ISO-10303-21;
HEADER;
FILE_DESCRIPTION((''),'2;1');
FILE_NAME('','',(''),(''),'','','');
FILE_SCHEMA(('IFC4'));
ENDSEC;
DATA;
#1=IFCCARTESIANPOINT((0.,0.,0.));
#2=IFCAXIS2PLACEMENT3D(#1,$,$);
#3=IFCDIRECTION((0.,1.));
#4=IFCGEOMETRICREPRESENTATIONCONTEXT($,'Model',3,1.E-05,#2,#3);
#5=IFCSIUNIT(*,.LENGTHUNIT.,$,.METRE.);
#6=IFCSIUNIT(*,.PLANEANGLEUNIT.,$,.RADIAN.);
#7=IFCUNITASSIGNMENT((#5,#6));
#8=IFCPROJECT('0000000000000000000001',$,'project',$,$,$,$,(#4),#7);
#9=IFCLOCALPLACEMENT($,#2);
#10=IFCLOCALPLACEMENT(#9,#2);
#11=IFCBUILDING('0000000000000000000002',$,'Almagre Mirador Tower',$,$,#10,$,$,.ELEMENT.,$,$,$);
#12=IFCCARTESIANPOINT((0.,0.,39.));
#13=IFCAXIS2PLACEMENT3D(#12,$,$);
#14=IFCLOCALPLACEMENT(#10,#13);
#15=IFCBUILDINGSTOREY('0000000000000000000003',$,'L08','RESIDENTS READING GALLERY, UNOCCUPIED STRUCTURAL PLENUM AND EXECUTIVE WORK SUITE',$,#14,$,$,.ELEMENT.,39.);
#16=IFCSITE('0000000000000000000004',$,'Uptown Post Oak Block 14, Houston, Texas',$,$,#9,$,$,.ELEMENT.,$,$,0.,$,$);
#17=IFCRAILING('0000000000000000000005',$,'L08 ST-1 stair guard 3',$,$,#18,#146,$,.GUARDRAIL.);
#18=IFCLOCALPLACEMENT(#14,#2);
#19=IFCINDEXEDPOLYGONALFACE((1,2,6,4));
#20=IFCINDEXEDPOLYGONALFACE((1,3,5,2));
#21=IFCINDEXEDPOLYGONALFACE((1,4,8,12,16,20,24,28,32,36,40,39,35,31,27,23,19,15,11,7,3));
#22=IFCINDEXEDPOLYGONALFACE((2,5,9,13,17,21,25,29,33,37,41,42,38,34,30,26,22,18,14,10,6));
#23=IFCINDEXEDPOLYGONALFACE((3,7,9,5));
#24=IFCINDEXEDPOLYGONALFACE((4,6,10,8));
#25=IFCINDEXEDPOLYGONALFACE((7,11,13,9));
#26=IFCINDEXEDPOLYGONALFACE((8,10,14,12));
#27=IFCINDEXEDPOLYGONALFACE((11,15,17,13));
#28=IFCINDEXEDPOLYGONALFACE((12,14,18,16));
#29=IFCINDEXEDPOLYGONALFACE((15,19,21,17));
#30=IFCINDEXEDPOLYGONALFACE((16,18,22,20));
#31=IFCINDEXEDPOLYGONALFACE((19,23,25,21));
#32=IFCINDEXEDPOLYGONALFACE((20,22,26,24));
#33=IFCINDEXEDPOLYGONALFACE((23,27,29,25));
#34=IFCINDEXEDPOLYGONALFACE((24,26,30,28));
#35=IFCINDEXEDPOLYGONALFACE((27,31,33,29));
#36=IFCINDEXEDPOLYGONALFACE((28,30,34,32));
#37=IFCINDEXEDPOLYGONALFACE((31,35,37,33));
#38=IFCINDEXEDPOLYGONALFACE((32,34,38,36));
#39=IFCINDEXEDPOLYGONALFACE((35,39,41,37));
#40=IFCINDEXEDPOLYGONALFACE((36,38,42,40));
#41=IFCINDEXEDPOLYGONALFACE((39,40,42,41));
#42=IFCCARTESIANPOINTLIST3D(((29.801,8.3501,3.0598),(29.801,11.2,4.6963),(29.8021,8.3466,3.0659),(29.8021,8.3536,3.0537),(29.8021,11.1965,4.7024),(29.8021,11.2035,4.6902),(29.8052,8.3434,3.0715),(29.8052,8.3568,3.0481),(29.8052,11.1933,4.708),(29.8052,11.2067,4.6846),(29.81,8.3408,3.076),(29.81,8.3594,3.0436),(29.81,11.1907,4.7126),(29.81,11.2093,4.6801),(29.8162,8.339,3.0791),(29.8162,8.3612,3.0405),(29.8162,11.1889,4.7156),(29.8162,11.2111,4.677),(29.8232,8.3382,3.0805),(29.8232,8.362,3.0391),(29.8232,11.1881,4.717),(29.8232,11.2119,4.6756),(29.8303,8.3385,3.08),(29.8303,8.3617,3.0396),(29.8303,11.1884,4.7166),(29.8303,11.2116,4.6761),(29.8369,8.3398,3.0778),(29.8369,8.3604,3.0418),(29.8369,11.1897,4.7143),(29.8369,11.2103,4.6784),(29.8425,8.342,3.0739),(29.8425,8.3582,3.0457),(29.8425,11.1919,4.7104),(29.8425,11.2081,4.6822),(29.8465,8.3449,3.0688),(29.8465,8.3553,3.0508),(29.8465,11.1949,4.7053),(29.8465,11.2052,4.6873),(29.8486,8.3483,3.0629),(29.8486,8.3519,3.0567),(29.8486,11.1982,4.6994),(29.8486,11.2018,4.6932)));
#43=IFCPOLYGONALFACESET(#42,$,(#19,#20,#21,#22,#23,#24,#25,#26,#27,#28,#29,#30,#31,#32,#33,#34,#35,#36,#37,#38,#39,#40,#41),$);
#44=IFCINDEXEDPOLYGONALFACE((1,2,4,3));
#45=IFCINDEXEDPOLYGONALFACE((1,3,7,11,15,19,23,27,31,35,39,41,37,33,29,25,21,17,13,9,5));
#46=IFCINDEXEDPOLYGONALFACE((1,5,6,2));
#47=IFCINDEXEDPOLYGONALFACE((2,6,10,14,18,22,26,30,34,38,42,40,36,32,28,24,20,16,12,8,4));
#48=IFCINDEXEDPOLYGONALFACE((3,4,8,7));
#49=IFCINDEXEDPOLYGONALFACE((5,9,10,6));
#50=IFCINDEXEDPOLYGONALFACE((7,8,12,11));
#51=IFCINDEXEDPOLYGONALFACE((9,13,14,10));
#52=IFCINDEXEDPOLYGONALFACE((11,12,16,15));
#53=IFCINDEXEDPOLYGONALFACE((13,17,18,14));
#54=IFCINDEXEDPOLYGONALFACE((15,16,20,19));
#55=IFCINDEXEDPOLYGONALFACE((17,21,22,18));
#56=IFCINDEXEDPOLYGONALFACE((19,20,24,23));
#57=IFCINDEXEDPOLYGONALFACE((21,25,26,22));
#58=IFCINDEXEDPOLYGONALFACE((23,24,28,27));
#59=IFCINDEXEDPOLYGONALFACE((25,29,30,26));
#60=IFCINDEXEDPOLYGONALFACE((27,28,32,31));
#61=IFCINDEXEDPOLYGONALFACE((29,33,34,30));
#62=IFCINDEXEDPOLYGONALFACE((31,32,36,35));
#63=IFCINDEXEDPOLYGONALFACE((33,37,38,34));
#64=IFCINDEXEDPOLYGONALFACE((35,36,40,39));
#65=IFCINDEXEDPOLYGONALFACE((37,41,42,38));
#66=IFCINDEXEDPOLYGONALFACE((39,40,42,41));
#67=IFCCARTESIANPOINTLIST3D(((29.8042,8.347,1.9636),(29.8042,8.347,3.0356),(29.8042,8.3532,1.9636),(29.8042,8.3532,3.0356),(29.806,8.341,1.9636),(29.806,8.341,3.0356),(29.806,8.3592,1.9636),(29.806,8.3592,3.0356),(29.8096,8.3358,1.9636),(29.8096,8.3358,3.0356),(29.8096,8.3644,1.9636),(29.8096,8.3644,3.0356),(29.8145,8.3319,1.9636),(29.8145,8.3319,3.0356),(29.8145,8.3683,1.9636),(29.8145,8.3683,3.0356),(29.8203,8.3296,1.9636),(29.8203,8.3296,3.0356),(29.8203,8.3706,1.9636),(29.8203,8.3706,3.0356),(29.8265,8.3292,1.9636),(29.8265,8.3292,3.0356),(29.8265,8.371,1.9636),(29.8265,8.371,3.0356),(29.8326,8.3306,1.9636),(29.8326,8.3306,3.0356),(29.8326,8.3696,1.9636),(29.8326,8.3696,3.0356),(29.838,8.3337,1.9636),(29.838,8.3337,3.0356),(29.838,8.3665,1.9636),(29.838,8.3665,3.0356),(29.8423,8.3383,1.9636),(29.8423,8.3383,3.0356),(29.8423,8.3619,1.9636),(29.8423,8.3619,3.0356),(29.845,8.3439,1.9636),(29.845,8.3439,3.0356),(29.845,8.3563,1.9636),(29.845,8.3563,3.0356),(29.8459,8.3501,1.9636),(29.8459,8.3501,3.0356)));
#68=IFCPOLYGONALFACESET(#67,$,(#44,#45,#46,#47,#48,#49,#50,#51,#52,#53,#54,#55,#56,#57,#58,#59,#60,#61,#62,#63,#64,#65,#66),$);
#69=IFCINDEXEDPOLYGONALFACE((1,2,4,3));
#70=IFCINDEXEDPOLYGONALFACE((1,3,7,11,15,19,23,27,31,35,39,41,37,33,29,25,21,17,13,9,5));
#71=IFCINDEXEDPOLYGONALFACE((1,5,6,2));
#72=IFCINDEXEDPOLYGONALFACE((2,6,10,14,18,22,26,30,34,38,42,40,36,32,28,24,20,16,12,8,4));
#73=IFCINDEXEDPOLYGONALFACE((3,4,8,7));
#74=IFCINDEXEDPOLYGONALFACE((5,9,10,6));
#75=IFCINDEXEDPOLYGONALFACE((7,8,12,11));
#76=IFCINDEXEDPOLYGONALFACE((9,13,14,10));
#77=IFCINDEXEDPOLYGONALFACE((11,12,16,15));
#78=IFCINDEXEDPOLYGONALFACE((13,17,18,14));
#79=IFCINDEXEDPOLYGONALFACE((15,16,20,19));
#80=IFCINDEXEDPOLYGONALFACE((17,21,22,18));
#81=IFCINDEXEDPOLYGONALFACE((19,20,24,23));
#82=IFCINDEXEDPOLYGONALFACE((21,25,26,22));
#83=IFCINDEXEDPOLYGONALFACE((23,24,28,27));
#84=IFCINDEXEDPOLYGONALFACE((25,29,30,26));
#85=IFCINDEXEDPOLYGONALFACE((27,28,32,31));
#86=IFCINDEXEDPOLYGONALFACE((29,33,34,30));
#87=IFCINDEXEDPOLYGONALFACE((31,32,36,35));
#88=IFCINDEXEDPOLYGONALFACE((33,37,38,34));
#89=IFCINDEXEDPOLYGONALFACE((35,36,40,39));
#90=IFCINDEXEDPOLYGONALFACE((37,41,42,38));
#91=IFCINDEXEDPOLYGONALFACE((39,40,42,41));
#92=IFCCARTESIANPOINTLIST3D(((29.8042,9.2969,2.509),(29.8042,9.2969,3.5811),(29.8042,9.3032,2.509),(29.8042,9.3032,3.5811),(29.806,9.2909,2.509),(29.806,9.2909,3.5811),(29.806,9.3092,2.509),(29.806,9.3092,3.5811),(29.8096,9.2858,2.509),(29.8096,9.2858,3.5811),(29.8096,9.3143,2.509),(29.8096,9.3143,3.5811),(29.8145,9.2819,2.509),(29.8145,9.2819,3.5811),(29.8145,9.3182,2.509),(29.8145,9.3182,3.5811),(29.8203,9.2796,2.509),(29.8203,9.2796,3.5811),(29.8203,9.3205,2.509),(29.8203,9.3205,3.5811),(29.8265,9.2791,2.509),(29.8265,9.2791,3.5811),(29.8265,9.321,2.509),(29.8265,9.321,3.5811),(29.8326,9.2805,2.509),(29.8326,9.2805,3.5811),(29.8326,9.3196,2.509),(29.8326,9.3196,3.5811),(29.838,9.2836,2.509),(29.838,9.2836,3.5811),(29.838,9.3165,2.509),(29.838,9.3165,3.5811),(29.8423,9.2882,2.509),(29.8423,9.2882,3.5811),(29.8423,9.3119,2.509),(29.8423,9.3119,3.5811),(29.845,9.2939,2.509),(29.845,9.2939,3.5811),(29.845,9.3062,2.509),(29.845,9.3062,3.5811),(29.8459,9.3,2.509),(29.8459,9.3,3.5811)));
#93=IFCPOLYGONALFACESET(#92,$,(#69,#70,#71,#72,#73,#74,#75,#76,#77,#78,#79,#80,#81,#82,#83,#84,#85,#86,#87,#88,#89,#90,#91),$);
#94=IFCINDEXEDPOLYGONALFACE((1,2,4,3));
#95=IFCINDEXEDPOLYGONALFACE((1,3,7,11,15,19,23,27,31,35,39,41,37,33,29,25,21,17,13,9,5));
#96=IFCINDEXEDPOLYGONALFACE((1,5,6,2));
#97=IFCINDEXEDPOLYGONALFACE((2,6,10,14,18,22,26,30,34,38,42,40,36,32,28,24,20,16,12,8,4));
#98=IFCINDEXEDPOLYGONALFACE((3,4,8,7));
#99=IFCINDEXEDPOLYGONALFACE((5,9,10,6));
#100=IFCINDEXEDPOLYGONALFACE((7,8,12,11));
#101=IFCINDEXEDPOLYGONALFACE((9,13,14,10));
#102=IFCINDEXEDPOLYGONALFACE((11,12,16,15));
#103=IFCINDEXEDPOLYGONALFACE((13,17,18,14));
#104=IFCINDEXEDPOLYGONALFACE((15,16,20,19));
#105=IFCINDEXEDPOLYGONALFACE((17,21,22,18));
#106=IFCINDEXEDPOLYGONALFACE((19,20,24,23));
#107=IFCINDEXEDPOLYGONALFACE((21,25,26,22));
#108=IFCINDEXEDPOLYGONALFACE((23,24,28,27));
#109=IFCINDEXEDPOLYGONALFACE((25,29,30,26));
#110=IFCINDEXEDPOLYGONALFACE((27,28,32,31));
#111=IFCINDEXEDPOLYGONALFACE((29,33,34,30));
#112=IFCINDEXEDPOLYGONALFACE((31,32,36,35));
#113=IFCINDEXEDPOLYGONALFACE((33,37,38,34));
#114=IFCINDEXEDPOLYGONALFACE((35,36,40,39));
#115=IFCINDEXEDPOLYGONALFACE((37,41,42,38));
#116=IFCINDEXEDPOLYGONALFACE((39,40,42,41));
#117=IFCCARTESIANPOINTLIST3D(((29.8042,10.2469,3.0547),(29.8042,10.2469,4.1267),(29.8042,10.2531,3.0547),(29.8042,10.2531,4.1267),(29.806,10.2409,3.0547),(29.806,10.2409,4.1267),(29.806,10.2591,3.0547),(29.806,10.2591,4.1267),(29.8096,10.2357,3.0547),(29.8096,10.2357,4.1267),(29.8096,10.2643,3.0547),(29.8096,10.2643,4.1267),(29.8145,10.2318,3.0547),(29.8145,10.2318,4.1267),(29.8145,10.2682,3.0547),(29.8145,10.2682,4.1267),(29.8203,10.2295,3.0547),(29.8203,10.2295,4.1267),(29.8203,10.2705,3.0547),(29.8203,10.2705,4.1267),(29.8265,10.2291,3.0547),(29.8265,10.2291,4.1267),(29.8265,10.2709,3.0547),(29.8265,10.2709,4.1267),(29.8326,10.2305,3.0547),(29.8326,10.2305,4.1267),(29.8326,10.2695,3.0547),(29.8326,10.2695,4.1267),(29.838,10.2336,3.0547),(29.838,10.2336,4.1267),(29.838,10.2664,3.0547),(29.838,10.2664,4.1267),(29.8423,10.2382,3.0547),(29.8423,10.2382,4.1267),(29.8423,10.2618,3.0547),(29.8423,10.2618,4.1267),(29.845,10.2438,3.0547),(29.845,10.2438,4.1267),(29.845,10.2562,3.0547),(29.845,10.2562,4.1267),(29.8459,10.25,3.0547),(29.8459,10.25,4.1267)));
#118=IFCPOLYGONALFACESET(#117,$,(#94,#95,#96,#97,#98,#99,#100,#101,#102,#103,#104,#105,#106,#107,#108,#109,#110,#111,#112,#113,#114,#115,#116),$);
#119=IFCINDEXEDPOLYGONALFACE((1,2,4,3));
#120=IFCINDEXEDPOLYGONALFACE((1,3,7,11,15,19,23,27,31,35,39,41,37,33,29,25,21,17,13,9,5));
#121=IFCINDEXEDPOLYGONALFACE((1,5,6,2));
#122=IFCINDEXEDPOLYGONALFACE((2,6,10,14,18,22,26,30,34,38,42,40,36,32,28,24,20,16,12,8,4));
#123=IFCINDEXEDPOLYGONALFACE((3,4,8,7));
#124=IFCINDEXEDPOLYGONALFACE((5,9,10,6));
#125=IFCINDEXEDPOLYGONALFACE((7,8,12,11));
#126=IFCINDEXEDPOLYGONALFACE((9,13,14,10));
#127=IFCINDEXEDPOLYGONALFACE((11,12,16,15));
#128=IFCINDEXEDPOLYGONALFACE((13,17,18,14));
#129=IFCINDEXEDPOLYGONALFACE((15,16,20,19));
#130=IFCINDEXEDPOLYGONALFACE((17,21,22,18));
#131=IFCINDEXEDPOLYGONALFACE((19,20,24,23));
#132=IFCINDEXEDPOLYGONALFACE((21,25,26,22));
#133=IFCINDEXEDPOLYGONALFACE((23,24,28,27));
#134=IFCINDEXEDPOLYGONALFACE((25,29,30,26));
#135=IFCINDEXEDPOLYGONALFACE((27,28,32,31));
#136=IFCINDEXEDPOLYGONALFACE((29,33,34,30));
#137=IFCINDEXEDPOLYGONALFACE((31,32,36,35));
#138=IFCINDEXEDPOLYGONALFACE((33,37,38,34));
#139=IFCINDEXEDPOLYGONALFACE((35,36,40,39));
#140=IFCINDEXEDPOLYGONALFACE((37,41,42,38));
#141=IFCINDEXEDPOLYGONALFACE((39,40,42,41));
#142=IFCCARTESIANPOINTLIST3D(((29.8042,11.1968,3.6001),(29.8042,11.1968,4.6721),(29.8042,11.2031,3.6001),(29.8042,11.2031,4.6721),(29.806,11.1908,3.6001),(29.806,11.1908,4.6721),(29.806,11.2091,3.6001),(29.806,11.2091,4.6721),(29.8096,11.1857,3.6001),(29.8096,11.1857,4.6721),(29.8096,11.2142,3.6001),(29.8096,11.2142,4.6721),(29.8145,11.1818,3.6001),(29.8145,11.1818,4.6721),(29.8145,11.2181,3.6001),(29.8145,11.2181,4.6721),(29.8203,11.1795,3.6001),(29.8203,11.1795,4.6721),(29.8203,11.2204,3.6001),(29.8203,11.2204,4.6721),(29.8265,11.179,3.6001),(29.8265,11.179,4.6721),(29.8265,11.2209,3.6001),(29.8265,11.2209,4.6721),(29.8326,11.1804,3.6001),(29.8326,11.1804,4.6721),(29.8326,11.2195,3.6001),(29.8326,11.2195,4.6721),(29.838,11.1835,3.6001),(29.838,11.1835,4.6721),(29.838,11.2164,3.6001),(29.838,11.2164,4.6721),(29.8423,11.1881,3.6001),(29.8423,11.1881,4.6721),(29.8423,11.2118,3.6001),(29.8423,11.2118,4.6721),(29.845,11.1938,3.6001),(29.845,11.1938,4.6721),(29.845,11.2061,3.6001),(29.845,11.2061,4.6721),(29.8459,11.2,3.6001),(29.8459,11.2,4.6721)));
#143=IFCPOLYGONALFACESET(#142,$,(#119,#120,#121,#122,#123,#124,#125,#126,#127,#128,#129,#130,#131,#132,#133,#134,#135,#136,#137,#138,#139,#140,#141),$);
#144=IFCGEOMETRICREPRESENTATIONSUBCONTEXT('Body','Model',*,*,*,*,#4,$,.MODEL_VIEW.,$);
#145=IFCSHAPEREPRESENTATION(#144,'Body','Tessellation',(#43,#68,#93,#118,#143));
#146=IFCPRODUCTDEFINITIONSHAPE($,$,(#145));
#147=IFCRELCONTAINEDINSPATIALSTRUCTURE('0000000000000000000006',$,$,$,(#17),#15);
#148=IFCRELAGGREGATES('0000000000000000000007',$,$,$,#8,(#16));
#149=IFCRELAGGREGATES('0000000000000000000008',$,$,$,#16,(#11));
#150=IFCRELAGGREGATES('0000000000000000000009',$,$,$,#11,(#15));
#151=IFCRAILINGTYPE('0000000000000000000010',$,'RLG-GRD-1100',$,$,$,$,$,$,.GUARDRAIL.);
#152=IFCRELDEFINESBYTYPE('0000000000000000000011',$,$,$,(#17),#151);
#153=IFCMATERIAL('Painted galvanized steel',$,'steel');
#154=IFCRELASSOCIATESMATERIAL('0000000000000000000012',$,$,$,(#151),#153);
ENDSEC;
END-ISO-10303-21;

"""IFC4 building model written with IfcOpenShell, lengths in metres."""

from ifc_helpers import new_model, si_unit, direction, frame, origin, origin_2d, place, context, subcontext, project, spatial, circle, extrude, material, type_object, element, save


model = new_model("IFC4")

# Units and contexts
model_context = context("Model", 3, precision=1e-05, world=origin(), true_north=direction((0.0, 1.0)))
body_context = subcontext(model_context, "Body", "Model", "MODEL_VIEW")
ifc_project = project(units=[si_unit("LENGTHUNIT", "METRE"), si_unit("PLANEANGLEUNIT", "RADIAN")], contexts=[model_context])

# Site, building, storey
site_placement = place(None, origin())
site = spatial("IfcSite", under=ifc_project, at=site_placement, Name="Uptown Post Oak Block 14, Houston, Texas", CompositionType="ELEMENT", RefElevation=0.0)
building_placement = place(site_placement, origin())
building = spatial("IfcBuilding", under=site, at=building_placement, Name="Almagre Mirador Tower", CompositionType="ELEMENT")
storey_placement = place(building_placement, frame((0.0, 0.0, 39.0)))
storey = spatial("IfcBuildingStorey", under=building, at=storey_placement, Name="L08", Description="RESIDENTS READING GALLERY, UNOCCUPIED STRUCTURAL PLENUM AND EXECUTIVE WORK SUITE", CompositionType="ELEMENT", Elevation=39.0)

# Railing
ifc_material_1 = material(Name="Painted galvanized steel", Category="steel")
railing_type_1 = type_object("IfcRailingType", Name="RLG-GRD-1100", PredefinedType="GUARDRAIL", material=ifc_material_1)
railing_1_placement = place(storey_placement, frame((29.825, 8.3501, 1.9636)))
element("IfcRailing", 1, at=railing_1_placement, inside=storey, type_object=railing_type_1, Name="L08 ST-1 stair guard 3", PredefinedType="GUARDRAIL", context=body_context, shape_type="SweptSolid", body=[
    extrude(circle(Radius=0.0239, at=origin_2d()), frame((0.0, 0.0, 1.0962), z_axis=(0.0, 0.867194, 0.49797), x_axis=(-1.0, 0.0, 0.0)), (0.0, 0.0, 1.0), 3.2864),
    extrude(circle(Radius=0.021, at=origin_2d()), origin(), (0.0, 0.0, 1.0), 1.072),
    extrude(circle(Radius=0.021, at=origin_2d()), frame((0.0, 0.95, 0.5454)), (0.0, 0.0, 1.0), 1.072),
    extrude(circle(Radius=0.021, at=origin_2d()), frame((0.0, 1.8999, 1.0911)), (0.0, 0.0, 1.0), 1.072),
    extrude(circle(Radius=0.021, at=origin_2d()), frame((0.0, 2.8499, 1.6365)), (0.0, 0.0, 1.0), 1.072),
])

save(model, "model.ifc")
